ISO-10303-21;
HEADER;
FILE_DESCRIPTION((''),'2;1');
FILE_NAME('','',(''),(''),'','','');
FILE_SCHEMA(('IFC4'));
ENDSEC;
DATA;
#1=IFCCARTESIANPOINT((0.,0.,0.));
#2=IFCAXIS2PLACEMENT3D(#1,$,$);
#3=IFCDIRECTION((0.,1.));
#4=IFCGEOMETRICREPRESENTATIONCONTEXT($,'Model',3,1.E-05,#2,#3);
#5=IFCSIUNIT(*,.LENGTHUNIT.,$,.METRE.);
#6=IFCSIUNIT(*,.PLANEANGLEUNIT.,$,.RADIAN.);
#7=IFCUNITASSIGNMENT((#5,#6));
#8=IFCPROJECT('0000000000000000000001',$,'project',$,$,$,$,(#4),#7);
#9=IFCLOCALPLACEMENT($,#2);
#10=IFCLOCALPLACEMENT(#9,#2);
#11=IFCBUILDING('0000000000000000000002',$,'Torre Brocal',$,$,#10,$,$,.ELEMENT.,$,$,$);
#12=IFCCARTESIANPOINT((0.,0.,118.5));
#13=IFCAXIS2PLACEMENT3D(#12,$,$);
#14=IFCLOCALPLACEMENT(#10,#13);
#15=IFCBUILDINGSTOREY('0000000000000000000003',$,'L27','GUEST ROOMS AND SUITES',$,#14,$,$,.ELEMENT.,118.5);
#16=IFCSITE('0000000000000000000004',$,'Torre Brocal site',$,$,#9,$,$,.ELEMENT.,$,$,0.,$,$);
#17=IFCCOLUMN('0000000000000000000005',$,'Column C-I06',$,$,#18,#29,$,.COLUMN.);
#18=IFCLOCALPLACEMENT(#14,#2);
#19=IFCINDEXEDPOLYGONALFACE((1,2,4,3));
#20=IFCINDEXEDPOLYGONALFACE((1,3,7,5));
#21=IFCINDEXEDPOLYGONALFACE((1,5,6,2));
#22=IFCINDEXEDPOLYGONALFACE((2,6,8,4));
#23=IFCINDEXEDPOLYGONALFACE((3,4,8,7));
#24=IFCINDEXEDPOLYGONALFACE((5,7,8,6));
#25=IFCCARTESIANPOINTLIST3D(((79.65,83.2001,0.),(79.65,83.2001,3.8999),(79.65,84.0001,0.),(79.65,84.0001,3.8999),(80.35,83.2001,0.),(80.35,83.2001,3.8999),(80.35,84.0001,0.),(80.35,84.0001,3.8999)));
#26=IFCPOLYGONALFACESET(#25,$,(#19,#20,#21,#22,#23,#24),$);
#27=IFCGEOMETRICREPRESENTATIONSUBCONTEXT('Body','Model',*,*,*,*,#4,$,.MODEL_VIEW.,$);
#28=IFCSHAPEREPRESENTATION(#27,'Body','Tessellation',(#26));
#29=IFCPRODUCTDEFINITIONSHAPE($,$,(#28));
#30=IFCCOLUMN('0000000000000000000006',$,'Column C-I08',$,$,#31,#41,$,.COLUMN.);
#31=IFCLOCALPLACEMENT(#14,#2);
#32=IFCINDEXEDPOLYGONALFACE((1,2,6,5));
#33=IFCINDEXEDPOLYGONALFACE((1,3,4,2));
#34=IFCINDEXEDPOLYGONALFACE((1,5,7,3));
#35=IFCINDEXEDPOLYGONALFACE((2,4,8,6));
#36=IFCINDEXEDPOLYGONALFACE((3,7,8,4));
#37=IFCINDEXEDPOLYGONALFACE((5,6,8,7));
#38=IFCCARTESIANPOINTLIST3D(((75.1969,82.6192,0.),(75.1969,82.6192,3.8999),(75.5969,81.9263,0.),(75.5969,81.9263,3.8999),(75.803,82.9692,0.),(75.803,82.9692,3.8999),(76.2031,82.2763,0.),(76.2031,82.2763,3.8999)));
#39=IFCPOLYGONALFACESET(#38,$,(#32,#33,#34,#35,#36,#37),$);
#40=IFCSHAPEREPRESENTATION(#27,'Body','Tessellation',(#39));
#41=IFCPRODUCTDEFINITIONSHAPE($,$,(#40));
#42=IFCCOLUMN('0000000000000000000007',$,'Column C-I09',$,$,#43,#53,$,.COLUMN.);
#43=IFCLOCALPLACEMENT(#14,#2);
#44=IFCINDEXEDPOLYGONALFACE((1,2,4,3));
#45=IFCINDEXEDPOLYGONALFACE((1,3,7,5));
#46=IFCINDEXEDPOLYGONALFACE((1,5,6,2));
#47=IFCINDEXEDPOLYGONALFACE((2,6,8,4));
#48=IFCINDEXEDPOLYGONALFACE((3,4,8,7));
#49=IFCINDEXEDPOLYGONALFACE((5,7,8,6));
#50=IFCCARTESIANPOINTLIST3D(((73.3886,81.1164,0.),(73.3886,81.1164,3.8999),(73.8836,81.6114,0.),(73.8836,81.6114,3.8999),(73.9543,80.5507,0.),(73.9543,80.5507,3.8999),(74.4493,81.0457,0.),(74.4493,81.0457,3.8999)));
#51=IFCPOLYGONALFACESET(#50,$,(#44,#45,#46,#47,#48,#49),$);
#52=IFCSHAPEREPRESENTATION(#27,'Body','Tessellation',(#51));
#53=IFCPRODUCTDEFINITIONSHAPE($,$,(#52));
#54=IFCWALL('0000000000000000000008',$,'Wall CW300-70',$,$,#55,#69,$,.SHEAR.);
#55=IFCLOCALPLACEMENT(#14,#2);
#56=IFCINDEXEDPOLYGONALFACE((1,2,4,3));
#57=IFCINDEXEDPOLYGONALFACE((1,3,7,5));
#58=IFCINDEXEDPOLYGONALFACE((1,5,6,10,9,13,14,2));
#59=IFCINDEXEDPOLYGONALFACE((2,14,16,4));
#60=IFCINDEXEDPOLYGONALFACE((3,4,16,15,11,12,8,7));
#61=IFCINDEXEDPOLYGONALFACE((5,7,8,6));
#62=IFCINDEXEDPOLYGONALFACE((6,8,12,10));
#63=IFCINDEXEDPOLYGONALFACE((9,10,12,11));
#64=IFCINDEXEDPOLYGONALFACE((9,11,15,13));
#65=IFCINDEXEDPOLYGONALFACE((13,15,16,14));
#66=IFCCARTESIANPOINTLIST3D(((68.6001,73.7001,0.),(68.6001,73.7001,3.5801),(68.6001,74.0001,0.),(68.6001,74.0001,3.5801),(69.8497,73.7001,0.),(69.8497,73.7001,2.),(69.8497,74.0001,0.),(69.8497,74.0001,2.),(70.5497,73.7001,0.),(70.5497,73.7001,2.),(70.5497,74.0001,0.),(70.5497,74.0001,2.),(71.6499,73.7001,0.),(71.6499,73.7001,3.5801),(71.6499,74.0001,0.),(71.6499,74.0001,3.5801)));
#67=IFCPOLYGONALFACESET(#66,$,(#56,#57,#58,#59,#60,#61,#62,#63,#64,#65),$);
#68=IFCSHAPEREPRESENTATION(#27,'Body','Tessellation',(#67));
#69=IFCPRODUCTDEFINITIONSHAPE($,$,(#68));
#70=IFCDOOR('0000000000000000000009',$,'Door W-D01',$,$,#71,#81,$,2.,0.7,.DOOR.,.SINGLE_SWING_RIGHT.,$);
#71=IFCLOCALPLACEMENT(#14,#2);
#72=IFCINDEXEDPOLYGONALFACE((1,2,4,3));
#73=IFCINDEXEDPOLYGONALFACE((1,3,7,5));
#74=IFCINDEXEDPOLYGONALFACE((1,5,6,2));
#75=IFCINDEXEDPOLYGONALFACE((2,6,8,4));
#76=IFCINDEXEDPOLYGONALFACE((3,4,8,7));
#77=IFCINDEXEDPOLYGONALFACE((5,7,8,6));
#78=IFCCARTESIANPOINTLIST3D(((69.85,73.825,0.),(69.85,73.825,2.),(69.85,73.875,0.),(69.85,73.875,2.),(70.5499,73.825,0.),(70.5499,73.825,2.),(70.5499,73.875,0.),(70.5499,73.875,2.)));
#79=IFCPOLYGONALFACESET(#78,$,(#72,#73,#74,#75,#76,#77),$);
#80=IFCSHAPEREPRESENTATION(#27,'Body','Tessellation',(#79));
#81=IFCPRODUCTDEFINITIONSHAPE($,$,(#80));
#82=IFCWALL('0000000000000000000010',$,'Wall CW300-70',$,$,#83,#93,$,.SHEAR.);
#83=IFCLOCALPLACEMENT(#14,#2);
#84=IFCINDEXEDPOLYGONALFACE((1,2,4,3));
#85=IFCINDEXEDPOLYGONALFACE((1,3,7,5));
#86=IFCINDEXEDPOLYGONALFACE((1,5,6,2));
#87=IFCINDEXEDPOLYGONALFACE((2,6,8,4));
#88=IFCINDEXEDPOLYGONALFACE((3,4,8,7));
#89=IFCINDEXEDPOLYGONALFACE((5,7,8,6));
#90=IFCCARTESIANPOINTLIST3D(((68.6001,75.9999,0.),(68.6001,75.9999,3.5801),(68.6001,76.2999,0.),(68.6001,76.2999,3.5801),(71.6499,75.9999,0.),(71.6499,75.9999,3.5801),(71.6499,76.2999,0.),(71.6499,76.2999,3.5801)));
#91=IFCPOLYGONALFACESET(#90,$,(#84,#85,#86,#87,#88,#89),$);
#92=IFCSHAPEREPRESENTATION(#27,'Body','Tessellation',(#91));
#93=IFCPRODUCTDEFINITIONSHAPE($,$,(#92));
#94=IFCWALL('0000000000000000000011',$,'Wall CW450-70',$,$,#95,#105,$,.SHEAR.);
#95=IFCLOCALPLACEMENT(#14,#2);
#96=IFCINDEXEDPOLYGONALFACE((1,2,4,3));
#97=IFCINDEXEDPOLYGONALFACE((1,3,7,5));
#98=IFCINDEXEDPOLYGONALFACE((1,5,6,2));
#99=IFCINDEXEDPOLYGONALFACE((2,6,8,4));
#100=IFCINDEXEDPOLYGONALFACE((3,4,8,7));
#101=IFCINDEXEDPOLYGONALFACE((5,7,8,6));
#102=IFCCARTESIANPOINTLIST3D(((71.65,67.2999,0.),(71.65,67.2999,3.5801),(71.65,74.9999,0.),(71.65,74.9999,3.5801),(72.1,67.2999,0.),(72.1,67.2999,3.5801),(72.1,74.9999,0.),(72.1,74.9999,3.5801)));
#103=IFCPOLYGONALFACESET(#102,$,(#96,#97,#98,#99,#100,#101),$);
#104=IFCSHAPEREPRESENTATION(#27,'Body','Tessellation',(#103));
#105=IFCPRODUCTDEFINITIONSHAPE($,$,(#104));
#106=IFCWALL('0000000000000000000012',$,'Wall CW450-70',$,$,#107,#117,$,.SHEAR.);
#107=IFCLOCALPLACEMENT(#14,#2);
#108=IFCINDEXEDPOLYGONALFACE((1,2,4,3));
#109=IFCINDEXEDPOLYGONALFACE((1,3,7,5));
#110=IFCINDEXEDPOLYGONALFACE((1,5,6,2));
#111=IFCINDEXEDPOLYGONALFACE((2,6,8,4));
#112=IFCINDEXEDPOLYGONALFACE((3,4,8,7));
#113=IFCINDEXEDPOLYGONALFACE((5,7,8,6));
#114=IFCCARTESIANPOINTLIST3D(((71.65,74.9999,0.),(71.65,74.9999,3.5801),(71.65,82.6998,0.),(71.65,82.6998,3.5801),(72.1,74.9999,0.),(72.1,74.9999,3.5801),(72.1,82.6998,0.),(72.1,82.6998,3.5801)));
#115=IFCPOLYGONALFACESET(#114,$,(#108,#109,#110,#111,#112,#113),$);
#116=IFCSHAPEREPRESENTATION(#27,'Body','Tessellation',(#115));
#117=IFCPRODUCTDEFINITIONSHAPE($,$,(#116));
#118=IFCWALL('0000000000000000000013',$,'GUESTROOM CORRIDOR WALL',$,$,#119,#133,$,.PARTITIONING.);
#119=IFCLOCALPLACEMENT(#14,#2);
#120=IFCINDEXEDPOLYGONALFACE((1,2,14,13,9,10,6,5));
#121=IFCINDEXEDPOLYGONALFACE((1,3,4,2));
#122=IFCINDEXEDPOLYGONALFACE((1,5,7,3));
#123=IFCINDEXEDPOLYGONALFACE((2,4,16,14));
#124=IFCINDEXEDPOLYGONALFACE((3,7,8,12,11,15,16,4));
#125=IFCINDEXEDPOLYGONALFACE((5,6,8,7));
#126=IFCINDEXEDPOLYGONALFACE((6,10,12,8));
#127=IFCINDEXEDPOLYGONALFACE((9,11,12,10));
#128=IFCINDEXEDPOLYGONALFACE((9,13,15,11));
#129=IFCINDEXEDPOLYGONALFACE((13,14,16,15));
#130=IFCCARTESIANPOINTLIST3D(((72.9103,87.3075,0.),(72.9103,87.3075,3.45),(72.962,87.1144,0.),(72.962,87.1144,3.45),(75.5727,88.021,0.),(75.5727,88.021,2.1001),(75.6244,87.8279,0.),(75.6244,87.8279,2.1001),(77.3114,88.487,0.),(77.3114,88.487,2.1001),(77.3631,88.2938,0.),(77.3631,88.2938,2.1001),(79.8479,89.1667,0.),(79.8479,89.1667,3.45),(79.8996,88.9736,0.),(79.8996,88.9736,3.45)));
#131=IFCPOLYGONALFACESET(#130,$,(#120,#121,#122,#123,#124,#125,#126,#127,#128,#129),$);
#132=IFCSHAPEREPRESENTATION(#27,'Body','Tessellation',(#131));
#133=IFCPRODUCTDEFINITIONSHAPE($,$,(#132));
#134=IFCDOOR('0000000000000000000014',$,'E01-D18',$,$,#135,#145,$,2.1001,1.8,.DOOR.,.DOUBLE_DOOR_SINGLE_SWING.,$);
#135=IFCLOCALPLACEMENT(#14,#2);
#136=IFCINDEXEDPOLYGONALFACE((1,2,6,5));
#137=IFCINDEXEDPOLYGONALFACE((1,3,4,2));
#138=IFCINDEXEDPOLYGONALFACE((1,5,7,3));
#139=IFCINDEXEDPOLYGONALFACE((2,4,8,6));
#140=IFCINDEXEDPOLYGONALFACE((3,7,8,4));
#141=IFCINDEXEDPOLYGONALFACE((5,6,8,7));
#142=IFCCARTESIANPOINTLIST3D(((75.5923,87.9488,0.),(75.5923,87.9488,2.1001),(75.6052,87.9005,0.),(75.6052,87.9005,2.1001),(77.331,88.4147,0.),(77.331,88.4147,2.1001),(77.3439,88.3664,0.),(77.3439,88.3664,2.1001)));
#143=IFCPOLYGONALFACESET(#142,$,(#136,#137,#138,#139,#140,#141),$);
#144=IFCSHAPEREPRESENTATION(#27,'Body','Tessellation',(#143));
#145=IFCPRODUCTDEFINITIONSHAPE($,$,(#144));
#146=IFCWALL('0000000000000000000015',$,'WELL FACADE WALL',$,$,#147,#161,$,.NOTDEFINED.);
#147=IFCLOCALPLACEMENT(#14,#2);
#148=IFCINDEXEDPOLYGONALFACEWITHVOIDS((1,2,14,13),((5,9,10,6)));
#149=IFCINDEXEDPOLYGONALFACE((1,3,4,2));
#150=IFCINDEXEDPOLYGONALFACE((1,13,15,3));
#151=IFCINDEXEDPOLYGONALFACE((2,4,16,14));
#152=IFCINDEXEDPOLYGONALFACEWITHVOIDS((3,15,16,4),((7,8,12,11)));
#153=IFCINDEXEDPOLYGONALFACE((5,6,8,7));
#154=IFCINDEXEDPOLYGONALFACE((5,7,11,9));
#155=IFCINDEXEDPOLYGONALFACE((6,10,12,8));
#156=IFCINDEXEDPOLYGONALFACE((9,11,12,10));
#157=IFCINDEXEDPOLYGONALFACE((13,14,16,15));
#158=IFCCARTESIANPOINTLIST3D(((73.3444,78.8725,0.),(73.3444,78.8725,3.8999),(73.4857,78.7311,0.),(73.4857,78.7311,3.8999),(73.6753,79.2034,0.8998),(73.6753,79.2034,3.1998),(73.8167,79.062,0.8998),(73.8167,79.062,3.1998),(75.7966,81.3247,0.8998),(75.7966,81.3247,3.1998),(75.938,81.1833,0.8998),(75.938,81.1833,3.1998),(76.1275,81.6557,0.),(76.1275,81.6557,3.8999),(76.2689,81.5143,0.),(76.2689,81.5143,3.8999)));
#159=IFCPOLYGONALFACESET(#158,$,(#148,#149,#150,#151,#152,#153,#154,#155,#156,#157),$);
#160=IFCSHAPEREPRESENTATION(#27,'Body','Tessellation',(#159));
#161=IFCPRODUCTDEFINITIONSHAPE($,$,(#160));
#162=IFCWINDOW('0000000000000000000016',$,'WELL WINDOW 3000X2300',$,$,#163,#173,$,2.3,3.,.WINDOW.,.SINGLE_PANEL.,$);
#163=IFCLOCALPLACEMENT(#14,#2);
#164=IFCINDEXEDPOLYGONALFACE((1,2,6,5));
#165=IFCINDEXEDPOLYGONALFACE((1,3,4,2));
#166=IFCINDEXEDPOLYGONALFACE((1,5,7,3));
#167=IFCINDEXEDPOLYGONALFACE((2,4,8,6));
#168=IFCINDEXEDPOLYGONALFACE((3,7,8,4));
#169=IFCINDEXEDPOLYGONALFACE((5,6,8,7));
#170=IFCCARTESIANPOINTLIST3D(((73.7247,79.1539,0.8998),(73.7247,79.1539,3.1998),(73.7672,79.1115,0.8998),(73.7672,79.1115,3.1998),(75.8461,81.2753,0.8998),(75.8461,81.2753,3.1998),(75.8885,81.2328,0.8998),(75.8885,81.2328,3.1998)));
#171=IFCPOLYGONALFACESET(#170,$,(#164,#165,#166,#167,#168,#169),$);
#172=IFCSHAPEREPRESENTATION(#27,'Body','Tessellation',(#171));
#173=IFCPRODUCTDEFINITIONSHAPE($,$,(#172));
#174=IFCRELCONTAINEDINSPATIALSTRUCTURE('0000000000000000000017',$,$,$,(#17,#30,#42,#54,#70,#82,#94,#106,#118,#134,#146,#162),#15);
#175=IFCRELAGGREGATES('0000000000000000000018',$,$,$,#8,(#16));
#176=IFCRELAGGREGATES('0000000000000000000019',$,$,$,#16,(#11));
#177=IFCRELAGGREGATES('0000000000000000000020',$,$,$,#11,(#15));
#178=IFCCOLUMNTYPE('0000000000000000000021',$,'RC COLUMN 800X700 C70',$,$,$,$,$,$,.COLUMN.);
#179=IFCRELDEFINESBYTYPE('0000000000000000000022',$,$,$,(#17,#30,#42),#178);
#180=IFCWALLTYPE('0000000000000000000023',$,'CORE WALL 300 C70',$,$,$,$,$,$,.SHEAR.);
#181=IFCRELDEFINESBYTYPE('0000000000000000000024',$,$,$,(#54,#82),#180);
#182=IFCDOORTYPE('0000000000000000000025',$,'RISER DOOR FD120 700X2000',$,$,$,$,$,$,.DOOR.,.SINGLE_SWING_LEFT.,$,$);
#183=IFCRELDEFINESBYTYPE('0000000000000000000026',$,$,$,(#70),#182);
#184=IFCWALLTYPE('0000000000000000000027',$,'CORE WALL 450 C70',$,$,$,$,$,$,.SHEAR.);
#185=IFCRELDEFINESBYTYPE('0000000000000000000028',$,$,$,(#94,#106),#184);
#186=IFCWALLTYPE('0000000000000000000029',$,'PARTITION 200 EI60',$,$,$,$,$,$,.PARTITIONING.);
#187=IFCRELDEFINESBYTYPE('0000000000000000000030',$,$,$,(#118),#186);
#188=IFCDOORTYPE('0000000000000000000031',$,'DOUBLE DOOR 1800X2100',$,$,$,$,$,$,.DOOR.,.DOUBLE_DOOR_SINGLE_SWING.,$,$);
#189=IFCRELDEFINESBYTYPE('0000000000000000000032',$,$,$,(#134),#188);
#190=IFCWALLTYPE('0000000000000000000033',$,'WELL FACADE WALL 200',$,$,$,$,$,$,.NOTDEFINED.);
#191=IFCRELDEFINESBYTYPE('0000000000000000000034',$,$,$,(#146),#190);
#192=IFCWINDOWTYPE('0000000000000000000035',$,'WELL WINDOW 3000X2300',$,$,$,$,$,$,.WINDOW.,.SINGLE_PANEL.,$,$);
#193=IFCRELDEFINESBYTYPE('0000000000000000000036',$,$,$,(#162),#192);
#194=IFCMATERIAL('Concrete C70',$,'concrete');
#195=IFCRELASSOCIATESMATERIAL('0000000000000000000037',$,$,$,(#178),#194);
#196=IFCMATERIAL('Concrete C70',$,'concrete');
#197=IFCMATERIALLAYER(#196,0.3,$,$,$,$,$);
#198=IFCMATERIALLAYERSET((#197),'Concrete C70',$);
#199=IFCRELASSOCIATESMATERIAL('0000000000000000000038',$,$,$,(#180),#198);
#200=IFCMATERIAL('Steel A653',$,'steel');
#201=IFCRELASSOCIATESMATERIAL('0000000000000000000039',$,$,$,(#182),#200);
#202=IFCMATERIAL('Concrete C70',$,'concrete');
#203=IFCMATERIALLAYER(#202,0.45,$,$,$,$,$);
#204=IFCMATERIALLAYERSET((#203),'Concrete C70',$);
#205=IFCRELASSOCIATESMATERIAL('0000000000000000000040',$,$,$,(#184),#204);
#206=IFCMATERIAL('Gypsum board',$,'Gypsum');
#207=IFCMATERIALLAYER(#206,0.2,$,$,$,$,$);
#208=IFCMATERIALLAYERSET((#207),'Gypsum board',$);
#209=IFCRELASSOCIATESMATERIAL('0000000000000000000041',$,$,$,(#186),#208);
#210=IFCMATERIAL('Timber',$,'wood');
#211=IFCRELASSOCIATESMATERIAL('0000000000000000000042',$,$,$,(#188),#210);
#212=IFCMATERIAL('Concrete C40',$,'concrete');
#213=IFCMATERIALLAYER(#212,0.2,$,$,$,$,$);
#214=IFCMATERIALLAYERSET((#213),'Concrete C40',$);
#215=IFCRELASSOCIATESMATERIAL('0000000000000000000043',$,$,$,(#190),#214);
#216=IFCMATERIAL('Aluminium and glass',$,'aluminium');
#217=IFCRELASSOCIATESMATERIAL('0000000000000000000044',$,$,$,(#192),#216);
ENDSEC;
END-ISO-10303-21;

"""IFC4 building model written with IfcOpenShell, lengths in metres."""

from ifc_helpers import new_model, si_unit, direction, frame, frame_2d, origin, origin_2d, place, context, subcontext, project, spatial, rectangle, extrude, material, layer, layer_set, material_profile, profile_set, type_object, element, fill, save


model = new_model("IFC4")

# Units and contexts
model_context = context("Model", 3, precision=1e-05, world=origin(), true_north=direction((0.0, 1.0)))
body_context = subcontext(model_context, "Body", "Model", "MODEL_VIEW")
ifc_project = project(units=[si_unit("LENGTHUNIT", "METRE"), si_unit("PLANEANGLEUNIT", "RADIAN")], contexts=[model_context])

# Site, building, storey
site_placement = place(None, origin())
site = spatial("IfcSite", under=ifc_project, at=site_placement, Name="Torre Brocal site", CompositionType="ELEMENT", RefElevation=0.0)
building_placement = place(site_placement, origin())
building = spatial("IfcBuilding", under=site, at=building_placement, Name="Torre Brocal", CompositionType="ELEMENT")
storey_placement = place(building_placement, frame((0.0, 0.0, 118.5)))
storey = spatial("IfcBuildingStorey", under=building, at=storey_placement, Name="L27", Description="GUEST ROOMS AND SUITES", CompositionType="ELEMENT", Elevation=118.5)

# Columns
ifc_material_1 = material(Name="Concrete C70", Category="concrete")
ifc_material_profile = material_profile(ifc_material_1, rectangle(XDim=0.8, YDim=0.7, at=origin_2d()), Name="RC 800X700")
ifc_profile_set = profile_set([ifc_material_profile], Name="Concrete C70")
column_type = type_object("IfcColumnType", Name="RC COLUMN 800X700 C70", PredefinedType="COLUMN", material=ifc_profile_set)
for number, where, z_axis, x_axis, name in (
    (1, (80.0, 83.6001, 0.0), (0.0, 0.0, 1.0), (0.0, 1.0, 0.0), "Column C-I06"),
    (2, (75.7, 82.4478, 0.0), (0.0, 0.0, 1.0), (-0.5, 0.866025, 0.0), "Column C-I08"),
    (3, (73.9189, 81.0811, 0.0), (0.0, 0.0, 1.0), (-0.707107, 0.707107, 0.0), "Column C-I09"),
):
    element("IfcColumn", number, at=place(storey_placement, frame(where, z_axis=z_axis, x_axis=x_axis)), inside=storey, type_object=column_type, Name=name, PredefinedType="COLUMN", context=body_context, shape_type="SweptSolid", body=[
        extrude(rectangle(XDim=0.8, YDim=0.7, at=origin_2d()), origin(), (0.0, 0.0, 1.0), 3.8999),
    ])

# Wall, opening, door
ifc_material_2 = material(Name="Concrete C70", Category="concrete")
ifc_layer_1 = layer(ifc_material_2, 0.3)
ifc_layer_set_1 = layer_set([ifc_layer_1], Name="Concrete C70")
wall_type_1 = type_object("IfcWallType", Name="CORE WALL 300 C70", PredefinedType="SHEAR", material=ifc_layer_set_1)
wall_1_placement = place(storey_placement, frame((71.6499, 73.8501, 0.0), z_axis=(0.0, 0.0, 1.0), x_axis=(-1.0, 0.0, 0.0)))
wall_1 = element("IfcWall", 4, at=wall_1_placement, inside=storey, type_object=wall_type_1, Name="Wall CW300-70", PredefinedType="SHEAR", context=body_context, shape_type="SweptSolid", body=[
    extrude(rectangle(XDim=3.0498, YDim=0.3, at=frame_2d((1.5249, 0.0))), origin(), (0.0, 0.0, 1.0), 3.5801),
])
opening_1_placement = place(wall_1_placement, frame((1.1001, 0.0, 0.0)))
opening_1 = element("IfcOpeningElement", 5, at=opening_1_placement, cuts=wall_1, PredefinedType="OPENING", context=body_context, shape_type="SweptSolid", body=[
    extrude(rectangle(XDim=0.7, YDim=2.0, at=frame_2d((0.3501, 1.0))), frame((0.0, 0.1599, 0.0), z_axis=(0.0, -1.0, 0.0), x_axis=(1.0, 0.0, 0.0)), (0.0, 0.0, 1.0), 0.3201),
])
ifc_material_3 = material(Name="Steel A653", Category="steel")
door_type_1 = type_object("IfcDoorType", Name="RISER DOOR FD120 700X2000", OperationType="SINGLE_SWING_LEFT", PredefinedType="DOOR", material=ifc_material_3)
door_1_placement = place(opening_1_placement, frame((0.7, 0.0, 0.0), z_axis=(0.0, 0.0, 1.0), x_axis=(-1.0, 0.0, 0.0)))
door_1 = element("IfcDoor", 6, at=door_1_placement, inside=storey, type_object=door_type_1, Name="Door W-D01", OperationType="SINGLE_SWING_RIGHT", OverallHeight=2.0, OverallWidth=0.7, PredefinedType="DOOR", context=body_context, shape_type="SweptSolid", body=[
    extrude(rectangle(XDim=0.7, YDim=2.0, at=frame_2d((0.3501, 1.0))), frame((0.0, 0.0249, 0.0), z_axis=(0.0, -1.0, 0.0), x_axis=(1.0, 0.0, 0.0)), (0.0, 0.0, 1.0), 0.05),
])
fill(opening_1, door_1)

# Walls
wall_2_placement = place(storey_placement, frame((71.6499, 76.1499, 0.0), z_axis=(0.0, 0.0, 1.0), x_axis=(-1.0, 0.0, 0.0)))
element("IfcWall", 7, at=wall_2_placement, inside=storey, type_object=wall_type_1, Name="Wall CW300-70", PredefinedType="SHEAR", context=body_context, shape_type="SweptSolid", body=[
    extrude(rectangle(XDim=3.0498, YDim=0.3, at=frame_2d((1.5249, 0.0))), origin(), (0.0, 0.0, 1.0), 3.5801),
])
ifc_material_4 = material(Name="Concrete C70", Category="concrete")
ifc_layer_2 = layer(ifc_material_4, 0.45)
ifc_layer_set_2 = layer_set([ifc_layer_2], Name="Concrete C70")
wall_type_2 = type_object("IfcWallType", Name="CORE WALL 450 C70", PredefinedType="SHEAR", material=ifc_layer_set_2)
for number, where, z_axis, x_axis, name in (
    (8, (71.875, 75.0, 0.0), (0.0, 0.0, 1.0), (0.0, -1.0, 0.0), "Wall CW450-70"),
    (9, (71.875, 82.7, 0.0), (0.0, 0.0, 1.0), (0.0, -1.0, 0.0), "Wall CW450-70"),
):
    element("IfcWall", number, at=place(storey_placement, frame(where, z_axis=z_axis, x_axis=x_axis)), inside=storey, type_object=wall_type_2, Name=name, PredefinedType="SHEAR", context=body_context, shape_type="SweptSolid", body=[
        extrude(rectangle(XDim=7.7, YDim=0.45, at=frame_2d((3.8501, 0.0))), origin(), (0.0, 0.0, 1.0), 3.5801),
    ])

# Wall, opening, door
ifc_material_5 = material(Name="Gypsum board", Category="Gypsum")
ifc_layer_3 = layer(ifc_material_5, 0.2)
ifc_layer_set_3 = layer_set([ifc_layer_3], Name="Gypsum board")
wall_type_3 = type_object("IfcWallType", Name="PARTITION 200 EI60", PredefinedType="PARTITIONING", material=ifc_layer_set_3)
wall_3_placement = place(storey_placement, frame((72.936, 87.2109, 0.0), z_axis=(0.0, 0.0, 1.0), x_axis=(0.965918, 0.258849, 0.0)))
wall_3 = element("IfcWall", 10, at=wall_3_placement, inside=storey, type_object=wall_type_3, Name="GUESTROOM CORRIDOR WALL", PredefinedType="PARTITIONING", context=body_context, shape_type="SweptSolid", body=[
    extrude(rectangle(XDim=7.1824, YDim=0.2, at=frame_2d((3.5913, 0.0))), origin(), (0.0, 0.0, 1.0), 3.45),
])
opening_2_placement = place(wall_3_placement, frame((2.7566, 0.0, 0.0)))
opening_2 = element("IfcOpeningElement", 11, at=opening_2_placement, cuts=wall_3, PredefinedType="OPENING", context=body_context, shape_type="SweptSolid", body=[
    extrude(rectangle(XDim=1.8, YDim=2.1001, at=frame_2d((0.8999, 1.05))), frame((0.0, 0.1099, 0.0), z_axis=(0.0, -1.0, 0.0), x_axis=(1.0, 0.0, 0.0)), (0.0, 0.0, 1.0), 0.22),
])
ifc_material_6 = material(Name="Timber", Category="wood")
door_type_2 = type_object("IfcDoorType", Name="DOUBLE DOOR 1800X2100", OperationType="DOUBLE_DOOR_SINGLE_SWING", PredefinedType="DOOR", material=ifc_material_6)
door_2_placement = place(opening_2_placement, frame((1.8, 0.0, 0.0), z_axis=(0.0, 0.0, 1.0), x_axis=(-1.0, 0.0, 0.0)))
door_2 = element("IfcDoor", 12, at=door_2_placement, inside=storey, type_object=door_type_2, Name="E01-D18", OperationType="DOUBLE_DOOR_SINGLE_SWING", OverallHeight=2.1001, OverallWidth=1.8, PredefinedType="DOOR", context=body_context, shape_type="SweptSolid", body=[
    extrude(rectangle(XDim=1.8, YDim=2.1001, at=frame_2d((0.8999, 1.05))), frame((0.0, 0.0249, 0.0), z_axis=(0.0, -1.0, 0.0), x_axis=(1.0, 0.0, 0.0)), (0.0, 0.0, 1.0), 0.05),
])
fill(opening_2, door_2)

# Wall, opening, window
ifc_material_7 = material(Name="Concrete C40", Category="concrete")
ifc_layer_4 = layer(ifc_material_7, 0.2)
ifc_layer_set_4 = layer_set([ifc_layer_4], Name="Concrete C40")
wall_type_4 = type_object("IfcWallType", Name="WELL FACADE WALL 200", PredefinedType="NOTDEFINED", material=ifc_layer_set_4)
wall_4_placement = place(storey_placement, frame((76.1982, 81.585, 0.0), z_axis=(0.0, 0.0, 1.0), x_axis=(-0.707107, -0.707107, 0.0)))
wall_4 = element("IfcWall", 13, at=wall_4_placement, inside=storey, type_object=wall_type_4, Name="WELL FACADE WALL", PredefinedType="NOTDEFINED", context=body_context, shape_type="SweptSolid", body=[
    extrude(rectangle(XDim=3.936, YDim=0.2, at=frame_2d((1.968, 0.0))), origin(), (0.0, 0.0, 1.0), 3.8999),
])
opening_3_placement = place(wall_4_placement, frame((0.468, 0.0, 0.8999)))
opening_3 = element("IfcOpeningElement", 14, at=opening_3_placement, cuts=wall_4, PredefinedType="OPENING", context=body_context, shape_type="SweptSolid", body=[
    extrude(rectangle(XDim=3.0, YDim=2.3, at=frame_2d((1.5, 1.1499))), frame((0.0, 0.1099, 0.0), z_axis=(0.0, -1.0, 0.0), x_axis=(1.0, 0.0, 0.0)), (0.0, 0.0, 1.0), 0.22),
])
ifc_material_8 = material(Name="Aluminium and glass", Category="aluminium")
window_type = type_object("IfcWindowType", Name="WELL WINDOW 3000X2300", PartitioningType="SINGLE_PANEL", PredefinedType="WINDOW", material=ifc_material_8)
window_1_placement = place(opening_3_placement, origin())
window_1 = element("IfcWindow", 15, at=window_1_placement, inside=storey, type_object=window_type, Name="WELL WINDOW 3000X2300", OverallHeight=2.3, OverallWidth=3.0, PartitioningType="SINGLE_PANEL", PredefinedType="WINDOW", context=body_context, shape_type="SweptSolid", body=[
    extrude(rectangle(XDim=3.0, YDim=2.3, at=frame_2d((1.5, 1.1499))), frame((0.0, 0.03, 0.0), z_axis=(0.0, -1.0, 0.0), x_axis=(1.0, 0.0, 0.0)), (0.0, 0.0, 1.0), 0.0601),
])
fill(opening_3, window_1)

save(model, "model.ifc")
